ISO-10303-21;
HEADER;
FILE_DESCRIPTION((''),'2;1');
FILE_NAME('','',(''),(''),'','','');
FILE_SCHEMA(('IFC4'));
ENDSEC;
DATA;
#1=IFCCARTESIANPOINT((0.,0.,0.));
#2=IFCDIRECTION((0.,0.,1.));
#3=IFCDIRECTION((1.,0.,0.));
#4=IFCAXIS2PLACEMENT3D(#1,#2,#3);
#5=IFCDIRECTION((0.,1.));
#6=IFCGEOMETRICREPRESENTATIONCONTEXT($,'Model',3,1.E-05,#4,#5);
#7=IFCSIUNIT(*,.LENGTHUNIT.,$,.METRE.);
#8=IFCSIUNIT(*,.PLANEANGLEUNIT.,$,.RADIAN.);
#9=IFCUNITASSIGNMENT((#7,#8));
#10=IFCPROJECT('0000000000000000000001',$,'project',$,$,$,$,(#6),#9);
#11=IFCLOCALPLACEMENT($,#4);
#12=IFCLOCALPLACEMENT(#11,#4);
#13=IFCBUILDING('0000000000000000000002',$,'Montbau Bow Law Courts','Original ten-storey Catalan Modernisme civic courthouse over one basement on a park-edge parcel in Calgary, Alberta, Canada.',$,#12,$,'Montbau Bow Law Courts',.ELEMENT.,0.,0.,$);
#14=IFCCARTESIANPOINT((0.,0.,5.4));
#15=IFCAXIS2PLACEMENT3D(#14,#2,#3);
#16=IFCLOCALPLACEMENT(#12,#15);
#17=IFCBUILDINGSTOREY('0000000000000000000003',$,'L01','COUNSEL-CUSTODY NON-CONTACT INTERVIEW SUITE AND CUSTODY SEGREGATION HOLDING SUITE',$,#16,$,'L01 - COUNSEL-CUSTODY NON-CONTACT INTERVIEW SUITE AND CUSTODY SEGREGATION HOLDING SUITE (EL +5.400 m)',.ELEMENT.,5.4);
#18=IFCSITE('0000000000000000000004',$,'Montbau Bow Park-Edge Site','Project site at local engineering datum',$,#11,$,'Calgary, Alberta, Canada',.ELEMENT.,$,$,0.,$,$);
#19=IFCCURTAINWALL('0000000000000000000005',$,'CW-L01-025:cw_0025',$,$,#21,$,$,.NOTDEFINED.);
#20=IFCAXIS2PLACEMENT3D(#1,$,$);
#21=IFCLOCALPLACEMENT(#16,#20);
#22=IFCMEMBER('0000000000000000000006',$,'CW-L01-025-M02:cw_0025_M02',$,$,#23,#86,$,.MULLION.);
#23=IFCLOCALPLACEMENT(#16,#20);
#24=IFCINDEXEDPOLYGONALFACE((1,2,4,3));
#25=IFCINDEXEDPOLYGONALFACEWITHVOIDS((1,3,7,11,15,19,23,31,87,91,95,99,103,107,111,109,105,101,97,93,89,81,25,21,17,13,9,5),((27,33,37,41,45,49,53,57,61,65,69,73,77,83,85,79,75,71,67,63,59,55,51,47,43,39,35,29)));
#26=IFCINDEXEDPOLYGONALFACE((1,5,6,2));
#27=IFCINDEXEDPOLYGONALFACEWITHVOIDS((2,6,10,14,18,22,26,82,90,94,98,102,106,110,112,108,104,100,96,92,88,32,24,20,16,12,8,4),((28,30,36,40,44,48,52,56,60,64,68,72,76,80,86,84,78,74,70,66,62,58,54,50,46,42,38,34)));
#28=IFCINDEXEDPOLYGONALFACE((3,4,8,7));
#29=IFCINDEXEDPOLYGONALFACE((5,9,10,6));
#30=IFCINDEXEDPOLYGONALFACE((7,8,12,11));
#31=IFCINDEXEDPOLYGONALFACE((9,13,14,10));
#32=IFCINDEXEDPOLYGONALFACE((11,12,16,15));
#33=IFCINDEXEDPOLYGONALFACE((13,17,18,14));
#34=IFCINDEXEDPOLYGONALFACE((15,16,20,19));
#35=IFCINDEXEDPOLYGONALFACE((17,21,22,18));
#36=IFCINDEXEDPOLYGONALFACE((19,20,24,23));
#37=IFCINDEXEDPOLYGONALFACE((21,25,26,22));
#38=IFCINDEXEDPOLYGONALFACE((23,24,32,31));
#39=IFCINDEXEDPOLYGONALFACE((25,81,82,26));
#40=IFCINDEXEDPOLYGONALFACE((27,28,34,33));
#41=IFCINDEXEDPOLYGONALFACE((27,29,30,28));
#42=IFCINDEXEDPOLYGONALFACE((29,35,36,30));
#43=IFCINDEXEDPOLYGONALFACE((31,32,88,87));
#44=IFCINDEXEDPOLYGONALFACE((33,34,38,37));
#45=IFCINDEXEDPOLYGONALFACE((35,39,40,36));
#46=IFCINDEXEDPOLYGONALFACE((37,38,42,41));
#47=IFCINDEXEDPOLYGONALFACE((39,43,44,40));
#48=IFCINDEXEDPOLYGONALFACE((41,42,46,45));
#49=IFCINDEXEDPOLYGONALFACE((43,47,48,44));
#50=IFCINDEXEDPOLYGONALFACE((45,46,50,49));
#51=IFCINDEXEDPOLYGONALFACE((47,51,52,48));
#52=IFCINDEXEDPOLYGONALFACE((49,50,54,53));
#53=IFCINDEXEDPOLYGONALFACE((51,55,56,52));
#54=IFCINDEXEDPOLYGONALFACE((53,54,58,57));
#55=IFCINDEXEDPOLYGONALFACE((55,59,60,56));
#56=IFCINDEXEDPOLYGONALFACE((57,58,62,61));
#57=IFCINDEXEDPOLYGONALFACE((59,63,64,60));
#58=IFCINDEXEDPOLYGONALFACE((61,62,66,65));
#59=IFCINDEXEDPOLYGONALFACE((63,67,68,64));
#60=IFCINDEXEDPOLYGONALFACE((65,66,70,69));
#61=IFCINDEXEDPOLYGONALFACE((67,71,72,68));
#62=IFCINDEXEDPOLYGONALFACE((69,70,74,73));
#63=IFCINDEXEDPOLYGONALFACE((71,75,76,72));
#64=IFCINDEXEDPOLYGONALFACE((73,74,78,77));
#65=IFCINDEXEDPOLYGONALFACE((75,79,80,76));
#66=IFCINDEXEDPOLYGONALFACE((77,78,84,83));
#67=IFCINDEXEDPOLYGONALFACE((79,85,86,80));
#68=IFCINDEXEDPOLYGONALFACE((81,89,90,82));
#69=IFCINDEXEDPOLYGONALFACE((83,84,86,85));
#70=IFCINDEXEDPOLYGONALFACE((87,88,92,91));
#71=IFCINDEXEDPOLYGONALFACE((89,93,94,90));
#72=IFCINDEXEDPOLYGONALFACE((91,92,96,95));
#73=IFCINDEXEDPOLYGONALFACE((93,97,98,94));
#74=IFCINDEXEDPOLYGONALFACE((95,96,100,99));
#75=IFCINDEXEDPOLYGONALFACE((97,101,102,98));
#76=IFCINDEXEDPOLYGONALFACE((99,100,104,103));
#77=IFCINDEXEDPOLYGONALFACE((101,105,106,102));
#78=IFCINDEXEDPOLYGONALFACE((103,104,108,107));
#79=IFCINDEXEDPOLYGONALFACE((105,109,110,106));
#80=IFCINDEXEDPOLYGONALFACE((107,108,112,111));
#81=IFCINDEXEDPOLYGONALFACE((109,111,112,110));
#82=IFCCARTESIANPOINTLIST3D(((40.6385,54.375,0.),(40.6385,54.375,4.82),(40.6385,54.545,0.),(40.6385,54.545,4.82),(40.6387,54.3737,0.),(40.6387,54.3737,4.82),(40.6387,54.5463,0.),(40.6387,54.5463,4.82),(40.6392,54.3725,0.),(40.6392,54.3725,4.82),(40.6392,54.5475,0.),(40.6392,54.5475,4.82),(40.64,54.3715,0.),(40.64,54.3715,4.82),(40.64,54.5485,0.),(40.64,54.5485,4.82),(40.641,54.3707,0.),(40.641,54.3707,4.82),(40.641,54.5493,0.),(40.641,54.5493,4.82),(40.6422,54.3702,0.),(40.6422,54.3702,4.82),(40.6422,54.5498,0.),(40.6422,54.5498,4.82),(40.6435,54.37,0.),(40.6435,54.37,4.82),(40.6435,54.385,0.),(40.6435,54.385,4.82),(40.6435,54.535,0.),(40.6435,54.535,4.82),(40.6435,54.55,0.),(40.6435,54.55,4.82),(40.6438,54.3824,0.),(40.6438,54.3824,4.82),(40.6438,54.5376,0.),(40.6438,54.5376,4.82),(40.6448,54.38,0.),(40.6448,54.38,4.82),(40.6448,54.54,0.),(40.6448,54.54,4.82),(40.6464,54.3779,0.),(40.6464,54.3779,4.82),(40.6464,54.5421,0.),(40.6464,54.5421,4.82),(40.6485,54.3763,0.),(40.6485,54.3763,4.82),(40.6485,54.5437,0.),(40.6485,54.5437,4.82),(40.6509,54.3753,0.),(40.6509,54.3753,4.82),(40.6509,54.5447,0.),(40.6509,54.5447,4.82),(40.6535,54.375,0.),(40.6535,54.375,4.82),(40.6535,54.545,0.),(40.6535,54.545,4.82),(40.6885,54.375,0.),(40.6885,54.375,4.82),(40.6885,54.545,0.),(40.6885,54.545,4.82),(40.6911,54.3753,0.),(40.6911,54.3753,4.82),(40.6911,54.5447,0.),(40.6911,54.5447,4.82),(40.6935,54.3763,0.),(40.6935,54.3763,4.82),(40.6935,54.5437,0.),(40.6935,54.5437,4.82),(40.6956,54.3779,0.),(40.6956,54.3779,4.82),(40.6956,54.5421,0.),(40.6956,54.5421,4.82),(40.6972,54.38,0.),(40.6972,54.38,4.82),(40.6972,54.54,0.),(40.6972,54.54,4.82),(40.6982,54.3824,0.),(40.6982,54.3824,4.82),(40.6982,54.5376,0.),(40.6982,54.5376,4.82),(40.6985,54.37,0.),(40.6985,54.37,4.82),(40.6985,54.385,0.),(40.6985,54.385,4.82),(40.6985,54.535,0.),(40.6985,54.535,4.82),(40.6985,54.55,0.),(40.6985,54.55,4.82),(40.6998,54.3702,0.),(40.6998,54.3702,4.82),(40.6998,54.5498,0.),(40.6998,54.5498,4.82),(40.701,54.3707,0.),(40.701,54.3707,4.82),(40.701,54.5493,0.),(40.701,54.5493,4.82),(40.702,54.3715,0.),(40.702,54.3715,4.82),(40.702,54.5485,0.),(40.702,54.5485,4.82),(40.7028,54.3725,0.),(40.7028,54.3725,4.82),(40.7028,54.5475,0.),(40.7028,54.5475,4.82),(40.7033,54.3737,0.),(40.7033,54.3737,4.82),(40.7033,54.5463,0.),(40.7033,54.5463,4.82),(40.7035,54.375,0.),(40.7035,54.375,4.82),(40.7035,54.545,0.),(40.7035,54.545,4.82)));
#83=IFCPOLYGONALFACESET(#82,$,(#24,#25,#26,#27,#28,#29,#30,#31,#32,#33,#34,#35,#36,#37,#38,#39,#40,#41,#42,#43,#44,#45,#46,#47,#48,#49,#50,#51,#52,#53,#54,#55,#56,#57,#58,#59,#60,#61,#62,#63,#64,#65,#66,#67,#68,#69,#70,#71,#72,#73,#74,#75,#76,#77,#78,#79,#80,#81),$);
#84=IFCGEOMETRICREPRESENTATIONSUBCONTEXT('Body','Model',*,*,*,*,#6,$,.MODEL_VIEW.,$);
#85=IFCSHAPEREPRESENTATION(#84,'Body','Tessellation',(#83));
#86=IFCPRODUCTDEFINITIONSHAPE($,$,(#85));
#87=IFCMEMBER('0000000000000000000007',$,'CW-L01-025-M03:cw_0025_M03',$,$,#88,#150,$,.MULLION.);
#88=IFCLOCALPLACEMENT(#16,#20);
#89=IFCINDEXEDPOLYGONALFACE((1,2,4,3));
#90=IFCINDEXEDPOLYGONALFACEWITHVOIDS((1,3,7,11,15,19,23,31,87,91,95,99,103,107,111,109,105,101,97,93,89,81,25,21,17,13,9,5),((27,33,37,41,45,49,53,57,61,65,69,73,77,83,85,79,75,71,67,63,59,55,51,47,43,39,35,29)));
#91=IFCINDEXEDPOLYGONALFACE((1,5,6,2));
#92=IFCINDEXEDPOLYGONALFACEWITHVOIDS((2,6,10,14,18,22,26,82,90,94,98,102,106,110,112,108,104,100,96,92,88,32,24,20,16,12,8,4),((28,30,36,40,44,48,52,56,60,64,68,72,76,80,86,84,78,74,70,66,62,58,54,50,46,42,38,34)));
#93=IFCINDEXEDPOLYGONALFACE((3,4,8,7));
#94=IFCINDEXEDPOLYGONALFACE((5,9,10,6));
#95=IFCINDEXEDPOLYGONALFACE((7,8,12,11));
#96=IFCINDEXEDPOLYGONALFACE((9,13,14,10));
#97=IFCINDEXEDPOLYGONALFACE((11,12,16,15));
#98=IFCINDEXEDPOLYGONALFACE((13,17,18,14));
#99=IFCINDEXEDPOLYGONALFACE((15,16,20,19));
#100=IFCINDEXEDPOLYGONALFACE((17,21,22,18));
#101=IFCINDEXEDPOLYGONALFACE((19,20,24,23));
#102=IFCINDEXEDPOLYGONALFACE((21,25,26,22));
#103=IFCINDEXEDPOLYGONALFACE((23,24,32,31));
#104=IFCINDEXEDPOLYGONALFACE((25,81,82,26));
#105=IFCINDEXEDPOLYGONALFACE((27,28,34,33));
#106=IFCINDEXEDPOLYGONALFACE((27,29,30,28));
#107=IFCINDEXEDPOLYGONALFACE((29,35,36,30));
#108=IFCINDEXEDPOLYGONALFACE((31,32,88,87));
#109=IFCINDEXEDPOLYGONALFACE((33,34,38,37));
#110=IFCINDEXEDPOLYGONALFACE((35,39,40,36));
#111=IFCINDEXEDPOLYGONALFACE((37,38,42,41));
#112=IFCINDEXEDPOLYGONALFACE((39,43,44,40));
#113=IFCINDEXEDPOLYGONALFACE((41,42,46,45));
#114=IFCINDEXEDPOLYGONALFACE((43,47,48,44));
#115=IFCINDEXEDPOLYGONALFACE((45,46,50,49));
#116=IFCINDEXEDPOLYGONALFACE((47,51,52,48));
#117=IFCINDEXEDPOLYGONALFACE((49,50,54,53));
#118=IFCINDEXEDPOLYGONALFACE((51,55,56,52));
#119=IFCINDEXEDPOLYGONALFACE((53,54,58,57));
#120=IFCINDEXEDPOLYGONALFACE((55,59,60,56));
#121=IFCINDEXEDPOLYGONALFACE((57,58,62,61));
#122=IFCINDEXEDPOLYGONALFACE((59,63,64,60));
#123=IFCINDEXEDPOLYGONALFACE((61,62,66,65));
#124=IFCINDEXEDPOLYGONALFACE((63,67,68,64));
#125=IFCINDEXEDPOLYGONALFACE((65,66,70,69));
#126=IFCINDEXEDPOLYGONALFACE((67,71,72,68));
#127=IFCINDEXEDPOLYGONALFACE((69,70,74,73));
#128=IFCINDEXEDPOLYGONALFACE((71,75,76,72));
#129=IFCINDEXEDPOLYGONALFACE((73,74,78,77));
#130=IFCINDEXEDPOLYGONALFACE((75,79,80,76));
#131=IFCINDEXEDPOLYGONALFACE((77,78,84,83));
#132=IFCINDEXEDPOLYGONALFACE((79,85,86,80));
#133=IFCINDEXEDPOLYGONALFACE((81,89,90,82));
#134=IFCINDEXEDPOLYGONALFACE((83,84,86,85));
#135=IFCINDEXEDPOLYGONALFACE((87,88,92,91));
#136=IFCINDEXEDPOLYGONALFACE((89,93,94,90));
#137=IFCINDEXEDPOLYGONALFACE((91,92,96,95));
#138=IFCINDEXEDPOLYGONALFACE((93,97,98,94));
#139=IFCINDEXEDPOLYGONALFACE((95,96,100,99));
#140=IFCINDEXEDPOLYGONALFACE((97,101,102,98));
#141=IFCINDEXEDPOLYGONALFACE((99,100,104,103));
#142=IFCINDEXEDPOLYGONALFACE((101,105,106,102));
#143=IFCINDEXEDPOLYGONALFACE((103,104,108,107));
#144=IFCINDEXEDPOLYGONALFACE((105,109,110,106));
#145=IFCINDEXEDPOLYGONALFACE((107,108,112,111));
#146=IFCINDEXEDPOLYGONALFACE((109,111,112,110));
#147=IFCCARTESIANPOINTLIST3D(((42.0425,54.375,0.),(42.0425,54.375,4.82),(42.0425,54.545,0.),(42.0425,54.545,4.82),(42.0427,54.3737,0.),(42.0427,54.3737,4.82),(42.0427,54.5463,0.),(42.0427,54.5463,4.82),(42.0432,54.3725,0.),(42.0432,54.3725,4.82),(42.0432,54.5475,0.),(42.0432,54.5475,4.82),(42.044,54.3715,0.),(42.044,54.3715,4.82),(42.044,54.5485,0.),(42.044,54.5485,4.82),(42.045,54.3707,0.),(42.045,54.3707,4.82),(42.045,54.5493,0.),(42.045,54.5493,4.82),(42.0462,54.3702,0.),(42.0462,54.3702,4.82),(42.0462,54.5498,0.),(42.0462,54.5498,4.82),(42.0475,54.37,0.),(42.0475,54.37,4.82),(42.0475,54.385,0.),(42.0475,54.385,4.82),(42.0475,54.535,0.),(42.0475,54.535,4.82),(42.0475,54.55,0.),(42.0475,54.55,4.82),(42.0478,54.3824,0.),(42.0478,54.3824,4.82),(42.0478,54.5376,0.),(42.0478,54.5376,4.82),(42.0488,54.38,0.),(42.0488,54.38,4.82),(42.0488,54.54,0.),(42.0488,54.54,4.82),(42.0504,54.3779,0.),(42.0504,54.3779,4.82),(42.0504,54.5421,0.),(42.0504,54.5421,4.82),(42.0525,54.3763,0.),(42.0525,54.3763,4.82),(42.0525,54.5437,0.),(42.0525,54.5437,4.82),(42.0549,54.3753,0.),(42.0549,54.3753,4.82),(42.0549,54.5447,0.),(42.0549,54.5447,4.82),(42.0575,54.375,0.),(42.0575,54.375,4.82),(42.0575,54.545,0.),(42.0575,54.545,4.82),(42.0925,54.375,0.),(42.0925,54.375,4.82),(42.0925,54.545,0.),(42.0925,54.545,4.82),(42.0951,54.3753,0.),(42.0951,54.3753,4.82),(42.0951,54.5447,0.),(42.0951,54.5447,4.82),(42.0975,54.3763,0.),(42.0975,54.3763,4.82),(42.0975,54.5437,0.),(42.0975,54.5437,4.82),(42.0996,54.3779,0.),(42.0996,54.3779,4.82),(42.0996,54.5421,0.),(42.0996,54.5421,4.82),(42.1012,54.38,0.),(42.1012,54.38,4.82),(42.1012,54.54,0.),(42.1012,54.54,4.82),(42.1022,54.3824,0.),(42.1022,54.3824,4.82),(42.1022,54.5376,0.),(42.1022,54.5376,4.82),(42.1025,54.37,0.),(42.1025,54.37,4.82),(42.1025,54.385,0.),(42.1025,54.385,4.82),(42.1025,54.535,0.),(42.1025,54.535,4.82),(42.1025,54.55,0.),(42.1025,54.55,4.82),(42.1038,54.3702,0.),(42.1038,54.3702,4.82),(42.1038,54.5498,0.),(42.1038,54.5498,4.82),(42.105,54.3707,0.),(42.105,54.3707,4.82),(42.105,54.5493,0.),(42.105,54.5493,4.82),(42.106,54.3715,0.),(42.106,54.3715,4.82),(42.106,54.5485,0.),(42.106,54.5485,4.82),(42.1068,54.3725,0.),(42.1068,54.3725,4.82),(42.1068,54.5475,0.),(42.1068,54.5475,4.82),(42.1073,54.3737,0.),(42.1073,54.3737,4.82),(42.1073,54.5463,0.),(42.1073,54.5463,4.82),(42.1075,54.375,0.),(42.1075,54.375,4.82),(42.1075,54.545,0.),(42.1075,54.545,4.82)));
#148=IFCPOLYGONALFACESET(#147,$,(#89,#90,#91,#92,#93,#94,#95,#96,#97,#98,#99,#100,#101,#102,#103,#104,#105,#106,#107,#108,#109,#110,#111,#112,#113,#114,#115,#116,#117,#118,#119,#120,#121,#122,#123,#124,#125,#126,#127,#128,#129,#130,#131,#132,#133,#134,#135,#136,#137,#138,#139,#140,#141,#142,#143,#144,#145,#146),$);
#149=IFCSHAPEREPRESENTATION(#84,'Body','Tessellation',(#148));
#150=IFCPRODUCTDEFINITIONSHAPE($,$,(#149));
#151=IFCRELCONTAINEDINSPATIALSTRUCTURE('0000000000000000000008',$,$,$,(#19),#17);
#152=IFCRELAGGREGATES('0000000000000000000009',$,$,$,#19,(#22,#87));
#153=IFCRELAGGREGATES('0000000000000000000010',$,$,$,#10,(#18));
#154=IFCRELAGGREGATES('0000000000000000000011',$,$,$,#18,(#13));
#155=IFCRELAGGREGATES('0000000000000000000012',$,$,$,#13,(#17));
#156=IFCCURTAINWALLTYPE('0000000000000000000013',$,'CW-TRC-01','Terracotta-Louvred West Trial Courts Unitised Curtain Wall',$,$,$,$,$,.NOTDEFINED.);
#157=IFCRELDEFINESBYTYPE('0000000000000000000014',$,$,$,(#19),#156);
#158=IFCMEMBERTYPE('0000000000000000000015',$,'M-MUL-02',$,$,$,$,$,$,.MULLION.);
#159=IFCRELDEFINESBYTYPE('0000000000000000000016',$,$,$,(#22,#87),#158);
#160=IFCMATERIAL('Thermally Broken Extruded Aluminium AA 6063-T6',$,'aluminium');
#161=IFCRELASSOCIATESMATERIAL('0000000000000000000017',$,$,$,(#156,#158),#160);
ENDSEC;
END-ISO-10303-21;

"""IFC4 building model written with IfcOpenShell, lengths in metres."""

from ifc_helpers import new_model, si_unit, direction, frame, origin_with_axes, origin_2d_with_axis, place, context, subcontext, project, spatial, hollow_rectangle, extrude, material, material_profile, profile_set, type_object, element, aggregate, save


model = new_model("IFC4")

# Units and contexts
model_context = context("Model", 3, precision=1e-05, world=origin_with_axes(), true_north=direction((0.0, 1.0)))
body_context = subcontext(model_context, "Body", "Model", "MODEL_VIEW")
ifc_project = project(units=[si_unit("LENGTHUNIT", "METRE"), si_unit("PLANEANGLEUNIT", "RADIAN")], contexts=[model_context])

# Site, building, storey
site_placement = place(None, origin_with_axes())
site = spatial("IfcSite", under=ifc_project, at=site_placement, Name="Montbau Bow Park-Edge Site", Description="Project site at local engineering datum", LongName="Calgary, Alberta, Canada", CompositionType="ELEMENT", RefElevation=0.0)
building_placement = place(site_placement, origin_with_axes())
building = spatial("IfcBuilding", under=site, at=building_placement, Name="Montbau Bow Law Courts", Description="Original ten-storey Catalan Modernisme civic courthouse over one basement on a park-edge parcel in Calgary, Alberta, Canada.", LongName="Montbau Bow Law Courts", CompositionType="ELEMENT", ElevationOfRefHeight=0.0, ElevationOfTerrain=0.0)
storey_placement = place(building_placement, frame((0.0, 0.0, 5.4), z_axis=(0.0, 0.0, 1.0), x_axis=(1.0, 0.0, 0.0)))
storey = spatial("IfcBuildingStorey", under=building, at=storey_placement, Name="L01", Description="COUNSEL-CUSTODY NON-CONTACT INTERVIEW SUITE AND CUSTODY SEGREGATION HOLDING SUITE", LongName="L01 - COUNSEL-CUSTODY NON-CONTACT INTERVIEW SUITE AND CUSTODY SEGREGATION HOLDING SUITE (EL +5.400 m)", CompositionType="ELEMENT", Elevation=5.4)

# Curtain wall, members
ifc_material_1 = material(Name="Thermally Broken Extruded Aluminium AA 6063-T6", Category="aluminium")
curtain_wall_type = type_object("IfcCurtainWallType", Name="CW-TRC-01", Description="Terracotta-Louvred West Trial Courts Unitised Curtain Wall", PredefinedType="NOTDEFINED", material=ifc_material_1)
curtain_wall_1_placement = place(None, frame((39.268, 54.46, 5.4), z_axis=(0.0, 0.0, 1.0), x_axis=(1.0, 0.0, 0.0)))
curtain_wall_1 = element("IfcCurtainWall", 1, at=curtain_wall_1_placement, inside=storey, type_object=curtain_wall_type, Name="CW-L01-025:cw_0025", PredefinedType="NOTDEFINED")
ifc_material_profile_1 = material_profile(ifc_material_1, hollow_rectangle(XDim=0.065, YDim=0.18, WallThickness=0.005, InnerFilletRadius=0.01, OuterFilletRadius=0.005, at=origin_2d_with_axis()), Name="CWM-180X65", Category="Main", Priority=0)
ifc_profile_set_1 = profile_set([ifc_material_profile_1], Name="Thermally Broken Extruded Aluminium AA 6063-T6")
member_type_1 = type_object("IfcMemberType", Name="M-MUL-02", PredefinedType="MULLION", material=ifc_profile_set_1)
member_1_placement = place(None, frame((40.671, 54.46, 5.4), z_axis=(0.0, 0.0, 1.0), x_axis=(1.0, 0.0, 0.0)))
member_1 = element("IfcMember", 2, at=member_1_placement, type_object=member_type_1, Name="CW-L01-025-M02:cw_0025_M02", PredefinedType="MULLION", context=body_context, shape_type="SweptSolid", body=[
    extrude(hollow_rectangle(XDim=0.065, YDim=0.18, WallThickness=0.005, InnerFilletRadius=0.01, OuterFilletRadius=0.005, at=origin_2d_with_axis()), origin_with_axes(), (0.0, 0.0, 1.0), 4.82),
])
member_2_placement = place(None, frame((42.075, 54.46, 5.4), z_axis=(0.0, 0.0, 1.0), x_axis=(1.0, 0.0, 0.0)))
member_2 = element("IfcMember", 3, at=member_2_placement, type_object=member_type_1, Name="CW-L01-025-M03:cw_0025_M03", PredefinedType="MULLION", context=body_context, shape_type="SweptSolid", body=[
    extrude(hollow_rectangle(XDim=0.065, YDim=0.18, WallThickness=0.005, InnerFilletRadius=0.01, OuterFilletRadius=0.005, at=origin_2d_with_axis()), origin_with_axes(), (0.0, 0.0, 1.0), 4.82),
])

aggregate(curtain_wall_1, [member_1, member_2])

save(model, "model.ifc")
